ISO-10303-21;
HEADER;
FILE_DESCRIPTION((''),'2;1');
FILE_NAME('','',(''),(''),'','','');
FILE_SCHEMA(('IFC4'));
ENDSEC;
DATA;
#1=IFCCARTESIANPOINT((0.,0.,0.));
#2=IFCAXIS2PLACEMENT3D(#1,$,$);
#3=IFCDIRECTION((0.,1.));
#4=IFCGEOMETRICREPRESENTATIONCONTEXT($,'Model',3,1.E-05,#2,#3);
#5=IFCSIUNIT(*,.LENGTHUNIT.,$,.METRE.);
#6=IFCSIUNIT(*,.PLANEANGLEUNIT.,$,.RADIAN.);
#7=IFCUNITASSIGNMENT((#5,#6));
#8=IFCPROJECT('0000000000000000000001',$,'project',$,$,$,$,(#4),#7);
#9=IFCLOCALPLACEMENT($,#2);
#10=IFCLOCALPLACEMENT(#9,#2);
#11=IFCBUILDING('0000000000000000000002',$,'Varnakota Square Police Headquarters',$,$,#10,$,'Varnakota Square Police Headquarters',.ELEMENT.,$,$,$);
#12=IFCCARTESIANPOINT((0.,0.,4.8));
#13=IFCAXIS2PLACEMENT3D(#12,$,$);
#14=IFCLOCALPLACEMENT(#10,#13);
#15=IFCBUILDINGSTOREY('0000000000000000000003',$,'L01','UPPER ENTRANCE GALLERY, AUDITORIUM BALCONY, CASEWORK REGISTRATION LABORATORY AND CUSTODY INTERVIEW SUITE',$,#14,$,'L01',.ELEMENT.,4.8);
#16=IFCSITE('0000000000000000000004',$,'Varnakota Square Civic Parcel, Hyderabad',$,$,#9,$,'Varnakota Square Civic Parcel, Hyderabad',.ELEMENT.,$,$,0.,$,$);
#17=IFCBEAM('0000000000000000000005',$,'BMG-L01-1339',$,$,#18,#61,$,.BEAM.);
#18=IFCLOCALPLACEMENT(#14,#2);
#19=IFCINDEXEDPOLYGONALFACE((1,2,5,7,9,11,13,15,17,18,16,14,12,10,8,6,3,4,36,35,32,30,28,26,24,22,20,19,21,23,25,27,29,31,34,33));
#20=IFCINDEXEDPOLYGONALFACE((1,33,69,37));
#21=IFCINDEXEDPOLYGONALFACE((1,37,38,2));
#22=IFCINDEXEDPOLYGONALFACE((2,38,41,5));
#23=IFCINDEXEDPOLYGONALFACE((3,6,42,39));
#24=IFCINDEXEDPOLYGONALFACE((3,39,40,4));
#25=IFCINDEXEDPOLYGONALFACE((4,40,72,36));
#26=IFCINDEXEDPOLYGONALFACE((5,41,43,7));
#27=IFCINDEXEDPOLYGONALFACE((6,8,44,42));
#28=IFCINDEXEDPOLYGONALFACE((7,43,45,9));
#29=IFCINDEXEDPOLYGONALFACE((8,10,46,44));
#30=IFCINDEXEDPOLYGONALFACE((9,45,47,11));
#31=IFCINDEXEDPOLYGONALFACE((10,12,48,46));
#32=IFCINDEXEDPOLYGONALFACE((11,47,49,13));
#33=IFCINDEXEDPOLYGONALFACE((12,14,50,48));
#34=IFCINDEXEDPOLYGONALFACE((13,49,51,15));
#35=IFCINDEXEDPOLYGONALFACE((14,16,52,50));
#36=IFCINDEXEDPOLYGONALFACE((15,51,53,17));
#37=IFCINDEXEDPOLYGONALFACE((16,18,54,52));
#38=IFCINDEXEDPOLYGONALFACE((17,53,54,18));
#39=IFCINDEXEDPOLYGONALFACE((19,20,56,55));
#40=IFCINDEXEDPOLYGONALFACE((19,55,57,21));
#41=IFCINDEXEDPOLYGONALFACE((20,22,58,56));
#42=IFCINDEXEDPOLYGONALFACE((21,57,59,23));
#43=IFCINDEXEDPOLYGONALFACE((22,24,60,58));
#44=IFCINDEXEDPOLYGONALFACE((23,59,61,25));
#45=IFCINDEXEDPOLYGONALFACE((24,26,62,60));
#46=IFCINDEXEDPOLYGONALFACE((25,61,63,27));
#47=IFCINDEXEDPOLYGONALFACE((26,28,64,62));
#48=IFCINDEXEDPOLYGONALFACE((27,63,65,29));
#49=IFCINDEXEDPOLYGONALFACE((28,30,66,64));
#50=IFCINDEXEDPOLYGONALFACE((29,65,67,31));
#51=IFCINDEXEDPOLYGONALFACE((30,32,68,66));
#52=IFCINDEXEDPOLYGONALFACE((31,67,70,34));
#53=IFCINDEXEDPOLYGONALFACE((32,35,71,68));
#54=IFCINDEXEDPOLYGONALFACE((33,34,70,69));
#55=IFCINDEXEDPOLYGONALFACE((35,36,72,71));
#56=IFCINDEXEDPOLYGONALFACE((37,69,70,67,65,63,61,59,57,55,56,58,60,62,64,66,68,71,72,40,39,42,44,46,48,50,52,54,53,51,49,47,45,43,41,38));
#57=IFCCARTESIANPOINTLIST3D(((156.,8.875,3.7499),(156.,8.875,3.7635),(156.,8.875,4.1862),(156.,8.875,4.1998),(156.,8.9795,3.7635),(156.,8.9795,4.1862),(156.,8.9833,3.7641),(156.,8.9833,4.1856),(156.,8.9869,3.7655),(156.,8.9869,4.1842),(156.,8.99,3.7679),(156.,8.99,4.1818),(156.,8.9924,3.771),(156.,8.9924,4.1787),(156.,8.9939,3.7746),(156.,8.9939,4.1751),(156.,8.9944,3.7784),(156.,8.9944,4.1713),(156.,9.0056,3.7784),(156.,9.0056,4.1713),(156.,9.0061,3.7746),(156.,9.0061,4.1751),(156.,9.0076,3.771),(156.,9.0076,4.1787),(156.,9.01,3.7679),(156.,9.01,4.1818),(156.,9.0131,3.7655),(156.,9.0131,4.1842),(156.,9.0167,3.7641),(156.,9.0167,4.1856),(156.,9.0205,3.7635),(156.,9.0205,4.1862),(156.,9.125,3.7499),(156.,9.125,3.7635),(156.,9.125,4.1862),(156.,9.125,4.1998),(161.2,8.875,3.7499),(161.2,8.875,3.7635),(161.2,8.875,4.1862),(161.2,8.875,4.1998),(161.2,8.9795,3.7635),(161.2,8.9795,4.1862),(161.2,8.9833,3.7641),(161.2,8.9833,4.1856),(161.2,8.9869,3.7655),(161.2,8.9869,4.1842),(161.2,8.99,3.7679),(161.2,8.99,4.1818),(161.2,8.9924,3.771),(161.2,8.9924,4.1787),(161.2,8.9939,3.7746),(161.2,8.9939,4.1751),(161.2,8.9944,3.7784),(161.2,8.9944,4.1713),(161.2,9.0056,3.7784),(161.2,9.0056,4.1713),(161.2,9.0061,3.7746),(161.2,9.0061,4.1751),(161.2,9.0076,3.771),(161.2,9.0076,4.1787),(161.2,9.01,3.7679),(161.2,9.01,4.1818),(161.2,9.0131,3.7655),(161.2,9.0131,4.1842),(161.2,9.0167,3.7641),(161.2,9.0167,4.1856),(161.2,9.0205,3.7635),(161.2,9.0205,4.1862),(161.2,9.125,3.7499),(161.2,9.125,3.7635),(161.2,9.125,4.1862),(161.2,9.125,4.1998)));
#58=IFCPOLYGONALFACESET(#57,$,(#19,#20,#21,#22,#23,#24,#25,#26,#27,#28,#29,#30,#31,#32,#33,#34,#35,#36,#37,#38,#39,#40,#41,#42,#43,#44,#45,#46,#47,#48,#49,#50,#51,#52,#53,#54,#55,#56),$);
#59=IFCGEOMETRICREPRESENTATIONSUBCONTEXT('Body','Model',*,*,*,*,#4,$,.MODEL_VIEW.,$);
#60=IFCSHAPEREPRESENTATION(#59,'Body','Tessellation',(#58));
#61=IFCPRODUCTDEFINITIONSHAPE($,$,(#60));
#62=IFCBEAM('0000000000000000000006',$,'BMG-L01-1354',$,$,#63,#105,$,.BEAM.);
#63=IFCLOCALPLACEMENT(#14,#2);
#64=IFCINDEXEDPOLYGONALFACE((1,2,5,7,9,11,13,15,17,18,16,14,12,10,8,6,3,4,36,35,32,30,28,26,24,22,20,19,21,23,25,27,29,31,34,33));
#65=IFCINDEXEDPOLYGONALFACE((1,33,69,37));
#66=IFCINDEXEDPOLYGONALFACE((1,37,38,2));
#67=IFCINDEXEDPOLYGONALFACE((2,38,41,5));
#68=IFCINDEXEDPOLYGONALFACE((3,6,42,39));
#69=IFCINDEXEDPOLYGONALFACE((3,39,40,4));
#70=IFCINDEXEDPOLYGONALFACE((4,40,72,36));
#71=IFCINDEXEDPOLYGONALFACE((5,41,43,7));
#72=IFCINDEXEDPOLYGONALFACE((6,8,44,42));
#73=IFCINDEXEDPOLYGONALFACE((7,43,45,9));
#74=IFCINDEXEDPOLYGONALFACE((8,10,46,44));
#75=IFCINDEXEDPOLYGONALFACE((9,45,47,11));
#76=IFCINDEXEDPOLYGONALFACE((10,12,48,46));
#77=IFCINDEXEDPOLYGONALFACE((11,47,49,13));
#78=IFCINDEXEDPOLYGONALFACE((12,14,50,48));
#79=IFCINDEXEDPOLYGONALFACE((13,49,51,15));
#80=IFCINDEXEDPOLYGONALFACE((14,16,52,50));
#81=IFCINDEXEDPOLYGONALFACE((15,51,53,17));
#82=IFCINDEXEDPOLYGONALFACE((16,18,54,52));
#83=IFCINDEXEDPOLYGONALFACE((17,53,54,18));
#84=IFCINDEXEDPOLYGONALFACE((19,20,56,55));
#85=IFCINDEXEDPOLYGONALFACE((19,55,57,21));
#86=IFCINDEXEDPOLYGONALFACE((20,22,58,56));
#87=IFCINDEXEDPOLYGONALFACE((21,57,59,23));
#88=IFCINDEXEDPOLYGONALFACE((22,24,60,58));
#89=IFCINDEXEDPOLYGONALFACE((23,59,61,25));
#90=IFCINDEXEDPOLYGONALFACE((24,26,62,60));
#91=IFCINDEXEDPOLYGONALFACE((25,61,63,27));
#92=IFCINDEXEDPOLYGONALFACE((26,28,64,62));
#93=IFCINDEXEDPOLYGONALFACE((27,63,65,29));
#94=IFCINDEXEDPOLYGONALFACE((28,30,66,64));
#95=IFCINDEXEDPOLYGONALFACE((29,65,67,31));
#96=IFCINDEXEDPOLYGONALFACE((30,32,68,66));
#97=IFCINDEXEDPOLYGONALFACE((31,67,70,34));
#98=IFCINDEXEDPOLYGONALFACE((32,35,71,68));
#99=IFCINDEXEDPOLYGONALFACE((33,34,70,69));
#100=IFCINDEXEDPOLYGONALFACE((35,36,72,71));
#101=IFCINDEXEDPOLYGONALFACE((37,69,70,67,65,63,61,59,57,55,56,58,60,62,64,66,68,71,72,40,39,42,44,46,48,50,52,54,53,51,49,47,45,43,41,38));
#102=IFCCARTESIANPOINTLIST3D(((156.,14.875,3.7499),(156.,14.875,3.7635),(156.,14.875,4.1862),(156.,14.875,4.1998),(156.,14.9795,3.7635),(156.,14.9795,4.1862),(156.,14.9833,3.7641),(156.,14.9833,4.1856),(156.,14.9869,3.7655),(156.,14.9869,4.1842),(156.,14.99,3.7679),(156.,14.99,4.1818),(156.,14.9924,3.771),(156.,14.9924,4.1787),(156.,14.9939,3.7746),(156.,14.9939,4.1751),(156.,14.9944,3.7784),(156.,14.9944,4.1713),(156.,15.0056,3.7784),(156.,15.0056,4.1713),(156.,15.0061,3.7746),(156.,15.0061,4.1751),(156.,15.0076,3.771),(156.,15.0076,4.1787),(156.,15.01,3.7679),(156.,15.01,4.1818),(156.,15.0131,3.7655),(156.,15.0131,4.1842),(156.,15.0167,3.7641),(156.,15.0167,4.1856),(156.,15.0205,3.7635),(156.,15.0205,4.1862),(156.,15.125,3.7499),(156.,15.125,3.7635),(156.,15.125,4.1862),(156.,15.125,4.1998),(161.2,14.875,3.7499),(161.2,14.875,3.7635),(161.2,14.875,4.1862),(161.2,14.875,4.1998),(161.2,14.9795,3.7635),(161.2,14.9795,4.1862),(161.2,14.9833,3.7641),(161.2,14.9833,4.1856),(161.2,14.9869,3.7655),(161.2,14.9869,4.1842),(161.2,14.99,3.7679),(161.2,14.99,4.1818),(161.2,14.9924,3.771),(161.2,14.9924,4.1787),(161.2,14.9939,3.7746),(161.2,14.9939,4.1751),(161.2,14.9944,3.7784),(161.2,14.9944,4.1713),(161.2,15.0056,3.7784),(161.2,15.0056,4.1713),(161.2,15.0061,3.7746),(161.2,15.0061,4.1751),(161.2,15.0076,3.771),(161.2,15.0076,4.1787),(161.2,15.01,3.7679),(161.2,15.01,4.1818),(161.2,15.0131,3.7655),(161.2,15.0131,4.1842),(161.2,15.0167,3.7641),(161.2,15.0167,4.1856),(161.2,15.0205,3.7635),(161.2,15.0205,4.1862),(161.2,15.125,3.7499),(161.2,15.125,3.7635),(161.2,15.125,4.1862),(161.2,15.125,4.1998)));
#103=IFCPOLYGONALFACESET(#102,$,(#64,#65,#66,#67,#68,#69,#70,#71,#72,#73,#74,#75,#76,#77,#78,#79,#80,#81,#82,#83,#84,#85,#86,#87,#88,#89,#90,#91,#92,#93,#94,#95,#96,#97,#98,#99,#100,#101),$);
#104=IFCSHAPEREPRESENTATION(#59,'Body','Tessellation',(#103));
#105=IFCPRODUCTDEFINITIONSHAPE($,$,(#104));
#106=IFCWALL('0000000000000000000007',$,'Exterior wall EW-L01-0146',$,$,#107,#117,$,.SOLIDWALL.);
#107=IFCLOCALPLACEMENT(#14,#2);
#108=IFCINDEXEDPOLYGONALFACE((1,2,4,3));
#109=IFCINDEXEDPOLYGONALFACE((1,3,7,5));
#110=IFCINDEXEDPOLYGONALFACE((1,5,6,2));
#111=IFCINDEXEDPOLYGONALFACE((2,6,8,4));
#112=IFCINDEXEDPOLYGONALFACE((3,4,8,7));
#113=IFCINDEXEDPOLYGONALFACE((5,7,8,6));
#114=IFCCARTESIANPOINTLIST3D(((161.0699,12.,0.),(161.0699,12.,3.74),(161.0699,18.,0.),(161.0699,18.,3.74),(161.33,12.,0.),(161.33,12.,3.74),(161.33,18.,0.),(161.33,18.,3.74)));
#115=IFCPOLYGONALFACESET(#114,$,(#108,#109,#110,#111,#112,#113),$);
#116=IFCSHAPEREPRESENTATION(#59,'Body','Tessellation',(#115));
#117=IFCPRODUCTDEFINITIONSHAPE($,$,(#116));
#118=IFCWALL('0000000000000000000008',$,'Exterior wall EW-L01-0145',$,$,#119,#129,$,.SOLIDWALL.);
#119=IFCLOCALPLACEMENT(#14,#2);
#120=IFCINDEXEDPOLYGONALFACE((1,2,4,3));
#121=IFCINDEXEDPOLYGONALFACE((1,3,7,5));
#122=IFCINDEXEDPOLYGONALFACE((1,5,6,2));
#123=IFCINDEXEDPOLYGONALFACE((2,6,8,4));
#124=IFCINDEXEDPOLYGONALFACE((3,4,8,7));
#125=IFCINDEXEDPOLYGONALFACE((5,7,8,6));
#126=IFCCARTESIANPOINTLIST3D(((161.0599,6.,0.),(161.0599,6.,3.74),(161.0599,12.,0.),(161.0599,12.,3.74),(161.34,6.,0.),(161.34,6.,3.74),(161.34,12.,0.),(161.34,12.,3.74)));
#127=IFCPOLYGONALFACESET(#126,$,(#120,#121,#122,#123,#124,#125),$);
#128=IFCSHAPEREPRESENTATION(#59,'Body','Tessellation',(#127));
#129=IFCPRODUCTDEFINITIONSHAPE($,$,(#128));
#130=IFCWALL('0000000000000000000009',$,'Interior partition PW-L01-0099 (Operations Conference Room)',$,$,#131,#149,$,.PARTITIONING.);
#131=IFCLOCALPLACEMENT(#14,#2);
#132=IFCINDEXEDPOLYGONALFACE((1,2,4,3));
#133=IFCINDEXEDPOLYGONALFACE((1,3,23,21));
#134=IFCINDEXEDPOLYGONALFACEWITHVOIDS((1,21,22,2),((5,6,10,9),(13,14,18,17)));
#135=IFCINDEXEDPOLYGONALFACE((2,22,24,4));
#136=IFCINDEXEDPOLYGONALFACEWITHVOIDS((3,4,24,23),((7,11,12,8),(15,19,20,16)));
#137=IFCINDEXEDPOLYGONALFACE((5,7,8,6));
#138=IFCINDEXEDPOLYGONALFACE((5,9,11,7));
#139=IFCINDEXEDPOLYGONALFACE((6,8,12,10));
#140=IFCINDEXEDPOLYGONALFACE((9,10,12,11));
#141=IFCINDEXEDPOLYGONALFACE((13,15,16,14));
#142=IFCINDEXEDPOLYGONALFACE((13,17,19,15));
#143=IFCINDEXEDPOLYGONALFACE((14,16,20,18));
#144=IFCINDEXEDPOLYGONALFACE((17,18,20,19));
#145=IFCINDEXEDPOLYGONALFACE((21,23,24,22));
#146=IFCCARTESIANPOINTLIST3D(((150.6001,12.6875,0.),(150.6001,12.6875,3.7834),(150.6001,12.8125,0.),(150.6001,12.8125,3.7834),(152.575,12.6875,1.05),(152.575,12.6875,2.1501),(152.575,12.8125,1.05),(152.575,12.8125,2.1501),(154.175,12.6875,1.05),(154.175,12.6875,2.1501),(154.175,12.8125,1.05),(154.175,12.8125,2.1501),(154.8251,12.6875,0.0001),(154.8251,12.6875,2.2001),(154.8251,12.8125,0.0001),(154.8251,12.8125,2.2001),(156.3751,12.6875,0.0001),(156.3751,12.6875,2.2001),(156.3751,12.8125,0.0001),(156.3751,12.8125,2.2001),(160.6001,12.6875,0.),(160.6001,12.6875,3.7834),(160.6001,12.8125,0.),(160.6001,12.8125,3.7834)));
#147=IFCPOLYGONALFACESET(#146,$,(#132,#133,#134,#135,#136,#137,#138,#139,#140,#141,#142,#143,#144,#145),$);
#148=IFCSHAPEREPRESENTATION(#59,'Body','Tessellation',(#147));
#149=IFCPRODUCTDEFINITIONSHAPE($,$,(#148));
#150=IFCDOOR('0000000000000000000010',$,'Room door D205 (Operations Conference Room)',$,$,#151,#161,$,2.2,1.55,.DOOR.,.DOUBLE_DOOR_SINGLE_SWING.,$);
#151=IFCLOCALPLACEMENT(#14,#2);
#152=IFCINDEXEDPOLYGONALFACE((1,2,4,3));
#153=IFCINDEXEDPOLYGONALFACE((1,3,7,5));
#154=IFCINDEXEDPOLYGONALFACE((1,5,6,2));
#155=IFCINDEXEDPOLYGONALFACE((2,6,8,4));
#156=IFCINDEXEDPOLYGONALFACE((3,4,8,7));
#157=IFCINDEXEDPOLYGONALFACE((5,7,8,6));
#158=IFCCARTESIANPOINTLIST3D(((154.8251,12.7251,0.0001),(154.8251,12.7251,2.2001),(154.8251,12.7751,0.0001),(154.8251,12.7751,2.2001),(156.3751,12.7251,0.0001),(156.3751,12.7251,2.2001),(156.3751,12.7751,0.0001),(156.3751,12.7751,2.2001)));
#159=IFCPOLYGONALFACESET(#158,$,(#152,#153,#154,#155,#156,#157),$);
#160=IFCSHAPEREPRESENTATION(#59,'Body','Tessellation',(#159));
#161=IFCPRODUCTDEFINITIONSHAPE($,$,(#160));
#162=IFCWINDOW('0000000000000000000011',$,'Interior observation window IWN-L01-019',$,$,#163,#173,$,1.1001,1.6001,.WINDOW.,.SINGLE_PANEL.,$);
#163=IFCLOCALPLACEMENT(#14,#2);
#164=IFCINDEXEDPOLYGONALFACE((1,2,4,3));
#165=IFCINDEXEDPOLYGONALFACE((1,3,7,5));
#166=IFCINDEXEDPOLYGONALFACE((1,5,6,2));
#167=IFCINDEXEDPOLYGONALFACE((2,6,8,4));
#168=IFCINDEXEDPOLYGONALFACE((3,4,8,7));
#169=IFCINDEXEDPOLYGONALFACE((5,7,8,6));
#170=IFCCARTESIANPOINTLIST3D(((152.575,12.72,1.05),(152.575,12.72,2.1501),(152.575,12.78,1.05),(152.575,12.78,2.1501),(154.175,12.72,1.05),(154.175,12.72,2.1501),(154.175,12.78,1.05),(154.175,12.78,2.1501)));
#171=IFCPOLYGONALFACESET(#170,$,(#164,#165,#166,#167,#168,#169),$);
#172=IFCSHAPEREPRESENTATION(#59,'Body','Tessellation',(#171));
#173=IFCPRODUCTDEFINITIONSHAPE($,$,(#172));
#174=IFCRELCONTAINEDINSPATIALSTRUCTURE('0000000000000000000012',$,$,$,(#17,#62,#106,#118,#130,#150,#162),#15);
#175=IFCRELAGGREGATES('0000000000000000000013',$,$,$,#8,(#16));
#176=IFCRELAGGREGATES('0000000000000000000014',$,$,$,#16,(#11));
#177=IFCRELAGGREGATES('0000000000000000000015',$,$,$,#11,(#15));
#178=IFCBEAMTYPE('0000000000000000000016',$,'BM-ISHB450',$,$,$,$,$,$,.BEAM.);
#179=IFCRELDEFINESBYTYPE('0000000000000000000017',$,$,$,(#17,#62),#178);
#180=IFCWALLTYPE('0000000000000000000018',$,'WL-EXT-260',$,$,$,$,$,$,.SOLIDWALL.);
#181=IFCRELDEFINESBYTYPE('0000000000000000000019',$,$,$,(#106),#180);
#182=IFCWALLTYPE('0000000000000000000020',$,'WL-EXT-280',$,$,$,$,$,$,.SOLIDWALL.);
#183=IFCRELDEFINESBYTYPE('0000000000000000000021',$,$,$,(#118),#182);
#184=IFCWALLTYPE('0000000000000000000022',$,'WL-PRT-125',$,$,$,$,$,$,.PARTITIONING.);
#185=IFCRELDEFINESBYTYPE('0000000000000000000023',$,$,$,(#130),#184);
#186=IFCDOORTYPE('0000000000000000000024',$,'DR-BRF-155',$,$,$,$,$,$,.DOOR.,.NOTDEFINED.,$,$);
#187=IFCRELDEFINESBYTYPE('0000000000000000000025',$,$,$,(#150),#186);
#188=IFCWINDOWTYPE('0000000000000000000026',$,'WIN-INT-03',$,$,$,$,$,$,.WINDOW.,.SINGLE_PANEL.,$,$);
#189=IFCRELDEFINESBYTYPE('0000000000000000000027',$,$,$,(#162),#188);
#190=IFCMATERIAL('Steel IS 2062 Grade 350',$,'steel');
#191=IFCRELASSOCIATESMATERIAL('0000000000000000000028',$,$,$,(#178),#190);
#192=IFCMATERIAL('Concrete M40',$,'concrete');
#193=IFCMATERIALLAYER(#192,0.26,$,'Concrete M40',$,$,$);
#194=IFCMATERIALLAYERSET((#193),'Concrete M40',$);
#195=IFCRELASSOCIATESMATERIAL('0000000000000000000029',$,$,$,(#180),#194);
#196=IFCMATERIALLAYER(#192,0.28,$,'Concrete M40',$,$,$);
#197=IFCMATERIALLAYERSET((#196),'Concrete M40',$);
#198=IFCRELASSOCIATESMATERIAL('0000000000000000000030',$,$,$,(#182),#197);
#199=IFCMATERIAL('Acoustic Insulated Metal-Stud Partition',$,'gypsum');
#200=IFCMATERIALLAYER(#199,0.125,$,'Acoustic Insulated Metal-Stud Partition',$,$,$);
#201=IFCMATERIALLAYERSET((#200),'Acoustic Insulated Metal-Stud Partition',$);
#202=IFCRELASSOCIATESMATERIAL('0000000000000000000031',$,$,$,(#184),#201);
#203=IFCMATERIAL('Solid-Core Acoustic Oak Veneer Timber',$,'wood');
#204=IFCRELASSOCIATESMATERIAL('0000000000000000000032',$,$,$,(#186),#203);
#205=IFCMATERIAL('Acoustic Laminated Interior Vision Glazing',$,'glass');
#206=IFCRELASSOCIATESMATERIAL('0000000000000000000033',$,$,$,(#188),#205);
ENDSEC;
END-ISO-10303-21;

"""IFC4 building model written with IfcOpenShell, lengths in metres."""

from ifc_helpers import new_model, si_unit, direction, frame, frame_2d, origin, origin_2d, place, context, subcontext, project, spatial, rectangle, i_section, extrude, material, layer, layer_set, material_profile, profile_set, type_object, element, fill, save


model = new_model("IFC4")

# Units and contexts
model_context = context("Model", 3, precision=1e-05, world=origin(), true_north=direction((0.0, 1.0)))
body_context = subcontext(model_context, "Body", "Model", "MODEL_VIEW")
ifc_project = project(units=[si_unit("LENGTHUNIT", "METRE"), si_unit("PLANEANGLEUNIT", "RADIAN")], contexts=[model_context])

# Site, building, storey
site_placement = place(None, origin())
site = spatial("IfcSite", under=ifc_project, at=site_placement, Name="Varnakota Square Civic Parcel, Hyderabad", LongName="Varnakota Square Civic Parcel, Hyderabad", CompositionType="ELEMENT", RefElevation=0.0)
building_placement = place(site_placement, origin())
building = spatial("IfcBuilding", under=site, at=building_placement, Name="Varnakota Square Police Headquarters", LongName="Varnakota Square Police Headquarters", CompositionType="ELEMENT")
storey_placement = place(building_placement, frame((0.0, 0.0, 4.8)))
storey = spatial("IfcBuildingStorey", under=building, at=storey_placement, Name="L01", Description="UPPER ENTRANCE GALLERY, AUDITORIUM BALCONY, CASEWORK REGISTRATION LABORATORY AND CUSTODY INTERVIEW SUITE", LongName="L01", CompositionType="ELEMENT", Elevation=4.8)

# Shared definitions
ifc_material_1 = material(Name="Steel IS 2062 Grade 350", Category="steel")

# Beams
ifc_material_profile_1 = material_profile(ifc_material_1, i_section(OverallWidth=0.25, OverallDepth=0.45, WebThickness=0.0112, FlangeThickness=0.0137, FilletRadius=0.0149, at=origin_2d()), Name="ISHB 450")
ifc_profile_set_1 = profile_set([ifc_material_profile_1], Name="Steel IS 2062 Grade 350")
beam_type_1 = type_object("IfcBeamType", Name="BM-ISHB450", PredefinedType="BEAM", material=ifc_profile_set_1)
for number, where, z_axis, x_axis, name in (
    (1, (156.0, 9.0, 3.9749), (1.0, 0.0, 0.0), (0.0, 1.0, 0.0), "BMG-L01-1339"),
    (2, (156.0, 15.0, 3.9749), (1.0, 0.0, 0.0), (0.0, 1.0, 0.0), "BMG-L01-1354"),
):
    element("IfcBeam", number, at=place(storey_placement, frame(where, z_axis=z_axis, x_axis=x_axis)), inside=storey, type_object=beam_type_1, Name=name, PredefinedType="BEAM", context=body_context, shape_type="SweptSolid", body=[
        extrude(i_section(OverallWidth=0.25, OverallDepth=0.45, WebThickness=0.0112, FlangeThickness=0.0137, FilletRadius=0.0149, at=origin_2d()), origin(), (0.0, 0.0, 1.0), 5.2),
    ])

# Walls
ifc_material_2 = material(Name="Concrete M40", Category="concrete")
ifc_layer_1 = layer(ifc_material_2, 0.26, Name="Concrete M40")
ifc_layer_set_1 = layer_set([ifc_layer_1], Name="Concrete M40")
wall_type_1 = type_object("IfcWallType", Name="WL-EXT-260", PredefinedType="SOLIDWALL", material=ifc_layer_set_1)
wall_1_placement = place(storey_placement, frame((161.2, 12.0, 0.0), z_axis=(0.0, 0.0, 1.0), x_axis=(0.0, 1.0, 0.0)))
element("IfcWall", 3, at=wall_1_placement, inside=storey, type_object=wall_type_1, Name="Exterior wall EW-L01-0146", PredefinedType="SOLIDWALL", context=body_context, shape_type="SweptSolid", body=[
    extrude(rectangle(XDim=6.0, YDim=0.26, at=frame_2d((3.0, 0.0))), origin(), (0.0, 0.0, 1.0), 3.74),
])
ifc_layer_2 = layer(ifc_material_2, 0.28, Name="Concrete M40")
ifc_layer_set_2 = layer_set([ifc_layer_2], Name="Concrete M40")
wall_type_2 = type_object("IfcWallType", Name="WL-EXT-280", PredefinedType="SOLIDWALL", material=ifc_layer_set_2)
wall_2_placement = place(storey_placement, frame((161.2, 6.0, 0.0), z_axis=(0.0, 0.0, 1.0), x_axis=(0.0, 1.0, 0.0)))
element("IfcWall", 4, at=wall_2_placement, inside=storey, type_object=wall_type_2, Name="Exterior wall EW-L01-0145", PredefinedType="SOLIDWALL", context=body_context, shape_type="SweptSolid", body=[
    extrude(rectangle(XDim=6.0, YDim=0.28, at=frame_2d((3.0, 0.0))), origin(), (0.0, 0.0, 1.0), 3.74),
])

# Wall, openings, door, window
ifc_material_3 = material(Name="Acoustic Insulated Metal-Stud Partition", Category="gypsum")
ifc_layer_3 = layer(ifc_material_3, 0.125, Name="Acoustic Insulated Metal-Stud Partition")
ifc_layer_set_3 = layer_set([ifc_layer_3], Name="Acoustic Insulated Metal-Stud Partition")
wall_type_3 = type_object("IfcWallType", Name="WL-PRT-125", PredefinedType="PARTITIONING", material=ifc_layer_set_3)
wall_3_placement = place(storey_placement, frame((160.6001, 12.75, 0.0), z_axis=(0.0, 0.0, 1.0), x_axis=(-1.0, 0.0, 0.0)))
wall_3 = element("IfcWall", 5, at=wall_3_placement, inside=storey, type_object=wall_type_3, Name="Interior partition PW-L01-0099 (Operations Conference Room)", PredefinedType="PARTITIONING", context=body_context, shape_type="SweptSolid", body=[
    extrude(rectangle(XDim=10.0, YDim=0.125, at=frame_2d((5.0, 0.0))), origin(), (0.0, 0.0, 1.0), 3.7834),
])
opening_1_placement = place(wall_3_placement, frame((4.2251, 0.0, 0.0)))
opening_1 = element("IfcOpeningElement", 6, at=opening_1_placement, cuts=wall_3, PredefinedType="OPENING", context=body_context, shape_type="SweptSolid", body=[
    extrude(rectangle(XDim=1.55, YDim=2.2, at=frame_2d((0.7749, 1.1001))), frame((0.0, 0.0725, 0.0), z_axis=(0.0, -1.0, 0.0), x_axis=(1.0, 0.0, 0.0)), (0.0, 0.0, 1.0), 0.145),
])
opening_2_placement = place(wall_3_placement, frame((6.425, 0.0, 1.05)))
opening_2 = element("IfcOpeningElement", 7, at=opening_2_placement, cuts=wall_3, PredefinedType="OPENING", context=body_context, shape_type="SweptSolid", body=[
    extrude(rectangle(XDim=1.6001, YDim=1.1001, at=frame_2d((0.8, 0.55))), frame((0.0, 0.0725, 0.0), z_axis=(0.0, -1.0, 0.0), x_axis=(1.0, 0.0, 0.0)), (0.0, 0.0, 1.0), 0.145),
])
ifc_material_4 = material(Name="Solid-Core Acoustic Oak Veneer Timber", Category="wood")
door_type = type_object("IfcDoorType", Name="DR-BRF-155", OperationType="NOTDEFINED", PredefinedType="DOOR", material=ifc_material_4)
door_placement = place(opening_1_placement, origin())
door = element("IfcDoor", 8, at=door_placement, inside=storey, type_object=door_type, Name="Room door D205 (Operations Conference Room)", OperationType="DOUBLE_DOOR_SINGLE_SWING", OverallHeight=2.2, OverallWidth=1.55, PredefinedType="DOOR", context=body_context, shape_type="SweptSolid", body=[
    extrude(rectangle(XDim=1.55, YDim=2.2, at=frame_2d((0.7749, 1.1001))), frame((0.0, 0.0249, 0.0), z_axis=(0.0, -1.0, 0.0), x_axis=(1.0, 0.0, 0.0)), (0.0, 0.0, 1.0), 0.05),
])
fill(opening_1, door)
ifc_material_5 = material(Name="Acoustic Laminated Interior Vision Glazing", Category="glass")
window_type = type_object("IfcWindowType", Name="WIN-INT-03", PartitioningType="SINGLE_PANEL", PredefinedType="WINDOW", material=ifc_material_5)
window_placement = place(opening_2_placement, origin())
window = element("IfcWindow", 9, at=window_placement, inside=storey, type_object=window_type, Name="Interior observation window IWN-L01-019", OverallHeight=1.1001, OverallWidth=1.6001, PartitioningType="SINGLE_PANEL", PredefinedType="WINDOW", context=body_context, shape_type="SweptSolid", body=[
    extrude(rectangle(XDim=1.6001, YDim=1.1001, at=frame_2d((0.8, 0.55))), frame((0.0, 0.03, 0.0), z_axis=(0.0, -1.0, 0.0), x_axis=(1.0, 0.0, 0.0)), (0.0, 0.0, 1.0), 0.0601),
])
fill(opening_2, window)

save(model, "model.ifc")
